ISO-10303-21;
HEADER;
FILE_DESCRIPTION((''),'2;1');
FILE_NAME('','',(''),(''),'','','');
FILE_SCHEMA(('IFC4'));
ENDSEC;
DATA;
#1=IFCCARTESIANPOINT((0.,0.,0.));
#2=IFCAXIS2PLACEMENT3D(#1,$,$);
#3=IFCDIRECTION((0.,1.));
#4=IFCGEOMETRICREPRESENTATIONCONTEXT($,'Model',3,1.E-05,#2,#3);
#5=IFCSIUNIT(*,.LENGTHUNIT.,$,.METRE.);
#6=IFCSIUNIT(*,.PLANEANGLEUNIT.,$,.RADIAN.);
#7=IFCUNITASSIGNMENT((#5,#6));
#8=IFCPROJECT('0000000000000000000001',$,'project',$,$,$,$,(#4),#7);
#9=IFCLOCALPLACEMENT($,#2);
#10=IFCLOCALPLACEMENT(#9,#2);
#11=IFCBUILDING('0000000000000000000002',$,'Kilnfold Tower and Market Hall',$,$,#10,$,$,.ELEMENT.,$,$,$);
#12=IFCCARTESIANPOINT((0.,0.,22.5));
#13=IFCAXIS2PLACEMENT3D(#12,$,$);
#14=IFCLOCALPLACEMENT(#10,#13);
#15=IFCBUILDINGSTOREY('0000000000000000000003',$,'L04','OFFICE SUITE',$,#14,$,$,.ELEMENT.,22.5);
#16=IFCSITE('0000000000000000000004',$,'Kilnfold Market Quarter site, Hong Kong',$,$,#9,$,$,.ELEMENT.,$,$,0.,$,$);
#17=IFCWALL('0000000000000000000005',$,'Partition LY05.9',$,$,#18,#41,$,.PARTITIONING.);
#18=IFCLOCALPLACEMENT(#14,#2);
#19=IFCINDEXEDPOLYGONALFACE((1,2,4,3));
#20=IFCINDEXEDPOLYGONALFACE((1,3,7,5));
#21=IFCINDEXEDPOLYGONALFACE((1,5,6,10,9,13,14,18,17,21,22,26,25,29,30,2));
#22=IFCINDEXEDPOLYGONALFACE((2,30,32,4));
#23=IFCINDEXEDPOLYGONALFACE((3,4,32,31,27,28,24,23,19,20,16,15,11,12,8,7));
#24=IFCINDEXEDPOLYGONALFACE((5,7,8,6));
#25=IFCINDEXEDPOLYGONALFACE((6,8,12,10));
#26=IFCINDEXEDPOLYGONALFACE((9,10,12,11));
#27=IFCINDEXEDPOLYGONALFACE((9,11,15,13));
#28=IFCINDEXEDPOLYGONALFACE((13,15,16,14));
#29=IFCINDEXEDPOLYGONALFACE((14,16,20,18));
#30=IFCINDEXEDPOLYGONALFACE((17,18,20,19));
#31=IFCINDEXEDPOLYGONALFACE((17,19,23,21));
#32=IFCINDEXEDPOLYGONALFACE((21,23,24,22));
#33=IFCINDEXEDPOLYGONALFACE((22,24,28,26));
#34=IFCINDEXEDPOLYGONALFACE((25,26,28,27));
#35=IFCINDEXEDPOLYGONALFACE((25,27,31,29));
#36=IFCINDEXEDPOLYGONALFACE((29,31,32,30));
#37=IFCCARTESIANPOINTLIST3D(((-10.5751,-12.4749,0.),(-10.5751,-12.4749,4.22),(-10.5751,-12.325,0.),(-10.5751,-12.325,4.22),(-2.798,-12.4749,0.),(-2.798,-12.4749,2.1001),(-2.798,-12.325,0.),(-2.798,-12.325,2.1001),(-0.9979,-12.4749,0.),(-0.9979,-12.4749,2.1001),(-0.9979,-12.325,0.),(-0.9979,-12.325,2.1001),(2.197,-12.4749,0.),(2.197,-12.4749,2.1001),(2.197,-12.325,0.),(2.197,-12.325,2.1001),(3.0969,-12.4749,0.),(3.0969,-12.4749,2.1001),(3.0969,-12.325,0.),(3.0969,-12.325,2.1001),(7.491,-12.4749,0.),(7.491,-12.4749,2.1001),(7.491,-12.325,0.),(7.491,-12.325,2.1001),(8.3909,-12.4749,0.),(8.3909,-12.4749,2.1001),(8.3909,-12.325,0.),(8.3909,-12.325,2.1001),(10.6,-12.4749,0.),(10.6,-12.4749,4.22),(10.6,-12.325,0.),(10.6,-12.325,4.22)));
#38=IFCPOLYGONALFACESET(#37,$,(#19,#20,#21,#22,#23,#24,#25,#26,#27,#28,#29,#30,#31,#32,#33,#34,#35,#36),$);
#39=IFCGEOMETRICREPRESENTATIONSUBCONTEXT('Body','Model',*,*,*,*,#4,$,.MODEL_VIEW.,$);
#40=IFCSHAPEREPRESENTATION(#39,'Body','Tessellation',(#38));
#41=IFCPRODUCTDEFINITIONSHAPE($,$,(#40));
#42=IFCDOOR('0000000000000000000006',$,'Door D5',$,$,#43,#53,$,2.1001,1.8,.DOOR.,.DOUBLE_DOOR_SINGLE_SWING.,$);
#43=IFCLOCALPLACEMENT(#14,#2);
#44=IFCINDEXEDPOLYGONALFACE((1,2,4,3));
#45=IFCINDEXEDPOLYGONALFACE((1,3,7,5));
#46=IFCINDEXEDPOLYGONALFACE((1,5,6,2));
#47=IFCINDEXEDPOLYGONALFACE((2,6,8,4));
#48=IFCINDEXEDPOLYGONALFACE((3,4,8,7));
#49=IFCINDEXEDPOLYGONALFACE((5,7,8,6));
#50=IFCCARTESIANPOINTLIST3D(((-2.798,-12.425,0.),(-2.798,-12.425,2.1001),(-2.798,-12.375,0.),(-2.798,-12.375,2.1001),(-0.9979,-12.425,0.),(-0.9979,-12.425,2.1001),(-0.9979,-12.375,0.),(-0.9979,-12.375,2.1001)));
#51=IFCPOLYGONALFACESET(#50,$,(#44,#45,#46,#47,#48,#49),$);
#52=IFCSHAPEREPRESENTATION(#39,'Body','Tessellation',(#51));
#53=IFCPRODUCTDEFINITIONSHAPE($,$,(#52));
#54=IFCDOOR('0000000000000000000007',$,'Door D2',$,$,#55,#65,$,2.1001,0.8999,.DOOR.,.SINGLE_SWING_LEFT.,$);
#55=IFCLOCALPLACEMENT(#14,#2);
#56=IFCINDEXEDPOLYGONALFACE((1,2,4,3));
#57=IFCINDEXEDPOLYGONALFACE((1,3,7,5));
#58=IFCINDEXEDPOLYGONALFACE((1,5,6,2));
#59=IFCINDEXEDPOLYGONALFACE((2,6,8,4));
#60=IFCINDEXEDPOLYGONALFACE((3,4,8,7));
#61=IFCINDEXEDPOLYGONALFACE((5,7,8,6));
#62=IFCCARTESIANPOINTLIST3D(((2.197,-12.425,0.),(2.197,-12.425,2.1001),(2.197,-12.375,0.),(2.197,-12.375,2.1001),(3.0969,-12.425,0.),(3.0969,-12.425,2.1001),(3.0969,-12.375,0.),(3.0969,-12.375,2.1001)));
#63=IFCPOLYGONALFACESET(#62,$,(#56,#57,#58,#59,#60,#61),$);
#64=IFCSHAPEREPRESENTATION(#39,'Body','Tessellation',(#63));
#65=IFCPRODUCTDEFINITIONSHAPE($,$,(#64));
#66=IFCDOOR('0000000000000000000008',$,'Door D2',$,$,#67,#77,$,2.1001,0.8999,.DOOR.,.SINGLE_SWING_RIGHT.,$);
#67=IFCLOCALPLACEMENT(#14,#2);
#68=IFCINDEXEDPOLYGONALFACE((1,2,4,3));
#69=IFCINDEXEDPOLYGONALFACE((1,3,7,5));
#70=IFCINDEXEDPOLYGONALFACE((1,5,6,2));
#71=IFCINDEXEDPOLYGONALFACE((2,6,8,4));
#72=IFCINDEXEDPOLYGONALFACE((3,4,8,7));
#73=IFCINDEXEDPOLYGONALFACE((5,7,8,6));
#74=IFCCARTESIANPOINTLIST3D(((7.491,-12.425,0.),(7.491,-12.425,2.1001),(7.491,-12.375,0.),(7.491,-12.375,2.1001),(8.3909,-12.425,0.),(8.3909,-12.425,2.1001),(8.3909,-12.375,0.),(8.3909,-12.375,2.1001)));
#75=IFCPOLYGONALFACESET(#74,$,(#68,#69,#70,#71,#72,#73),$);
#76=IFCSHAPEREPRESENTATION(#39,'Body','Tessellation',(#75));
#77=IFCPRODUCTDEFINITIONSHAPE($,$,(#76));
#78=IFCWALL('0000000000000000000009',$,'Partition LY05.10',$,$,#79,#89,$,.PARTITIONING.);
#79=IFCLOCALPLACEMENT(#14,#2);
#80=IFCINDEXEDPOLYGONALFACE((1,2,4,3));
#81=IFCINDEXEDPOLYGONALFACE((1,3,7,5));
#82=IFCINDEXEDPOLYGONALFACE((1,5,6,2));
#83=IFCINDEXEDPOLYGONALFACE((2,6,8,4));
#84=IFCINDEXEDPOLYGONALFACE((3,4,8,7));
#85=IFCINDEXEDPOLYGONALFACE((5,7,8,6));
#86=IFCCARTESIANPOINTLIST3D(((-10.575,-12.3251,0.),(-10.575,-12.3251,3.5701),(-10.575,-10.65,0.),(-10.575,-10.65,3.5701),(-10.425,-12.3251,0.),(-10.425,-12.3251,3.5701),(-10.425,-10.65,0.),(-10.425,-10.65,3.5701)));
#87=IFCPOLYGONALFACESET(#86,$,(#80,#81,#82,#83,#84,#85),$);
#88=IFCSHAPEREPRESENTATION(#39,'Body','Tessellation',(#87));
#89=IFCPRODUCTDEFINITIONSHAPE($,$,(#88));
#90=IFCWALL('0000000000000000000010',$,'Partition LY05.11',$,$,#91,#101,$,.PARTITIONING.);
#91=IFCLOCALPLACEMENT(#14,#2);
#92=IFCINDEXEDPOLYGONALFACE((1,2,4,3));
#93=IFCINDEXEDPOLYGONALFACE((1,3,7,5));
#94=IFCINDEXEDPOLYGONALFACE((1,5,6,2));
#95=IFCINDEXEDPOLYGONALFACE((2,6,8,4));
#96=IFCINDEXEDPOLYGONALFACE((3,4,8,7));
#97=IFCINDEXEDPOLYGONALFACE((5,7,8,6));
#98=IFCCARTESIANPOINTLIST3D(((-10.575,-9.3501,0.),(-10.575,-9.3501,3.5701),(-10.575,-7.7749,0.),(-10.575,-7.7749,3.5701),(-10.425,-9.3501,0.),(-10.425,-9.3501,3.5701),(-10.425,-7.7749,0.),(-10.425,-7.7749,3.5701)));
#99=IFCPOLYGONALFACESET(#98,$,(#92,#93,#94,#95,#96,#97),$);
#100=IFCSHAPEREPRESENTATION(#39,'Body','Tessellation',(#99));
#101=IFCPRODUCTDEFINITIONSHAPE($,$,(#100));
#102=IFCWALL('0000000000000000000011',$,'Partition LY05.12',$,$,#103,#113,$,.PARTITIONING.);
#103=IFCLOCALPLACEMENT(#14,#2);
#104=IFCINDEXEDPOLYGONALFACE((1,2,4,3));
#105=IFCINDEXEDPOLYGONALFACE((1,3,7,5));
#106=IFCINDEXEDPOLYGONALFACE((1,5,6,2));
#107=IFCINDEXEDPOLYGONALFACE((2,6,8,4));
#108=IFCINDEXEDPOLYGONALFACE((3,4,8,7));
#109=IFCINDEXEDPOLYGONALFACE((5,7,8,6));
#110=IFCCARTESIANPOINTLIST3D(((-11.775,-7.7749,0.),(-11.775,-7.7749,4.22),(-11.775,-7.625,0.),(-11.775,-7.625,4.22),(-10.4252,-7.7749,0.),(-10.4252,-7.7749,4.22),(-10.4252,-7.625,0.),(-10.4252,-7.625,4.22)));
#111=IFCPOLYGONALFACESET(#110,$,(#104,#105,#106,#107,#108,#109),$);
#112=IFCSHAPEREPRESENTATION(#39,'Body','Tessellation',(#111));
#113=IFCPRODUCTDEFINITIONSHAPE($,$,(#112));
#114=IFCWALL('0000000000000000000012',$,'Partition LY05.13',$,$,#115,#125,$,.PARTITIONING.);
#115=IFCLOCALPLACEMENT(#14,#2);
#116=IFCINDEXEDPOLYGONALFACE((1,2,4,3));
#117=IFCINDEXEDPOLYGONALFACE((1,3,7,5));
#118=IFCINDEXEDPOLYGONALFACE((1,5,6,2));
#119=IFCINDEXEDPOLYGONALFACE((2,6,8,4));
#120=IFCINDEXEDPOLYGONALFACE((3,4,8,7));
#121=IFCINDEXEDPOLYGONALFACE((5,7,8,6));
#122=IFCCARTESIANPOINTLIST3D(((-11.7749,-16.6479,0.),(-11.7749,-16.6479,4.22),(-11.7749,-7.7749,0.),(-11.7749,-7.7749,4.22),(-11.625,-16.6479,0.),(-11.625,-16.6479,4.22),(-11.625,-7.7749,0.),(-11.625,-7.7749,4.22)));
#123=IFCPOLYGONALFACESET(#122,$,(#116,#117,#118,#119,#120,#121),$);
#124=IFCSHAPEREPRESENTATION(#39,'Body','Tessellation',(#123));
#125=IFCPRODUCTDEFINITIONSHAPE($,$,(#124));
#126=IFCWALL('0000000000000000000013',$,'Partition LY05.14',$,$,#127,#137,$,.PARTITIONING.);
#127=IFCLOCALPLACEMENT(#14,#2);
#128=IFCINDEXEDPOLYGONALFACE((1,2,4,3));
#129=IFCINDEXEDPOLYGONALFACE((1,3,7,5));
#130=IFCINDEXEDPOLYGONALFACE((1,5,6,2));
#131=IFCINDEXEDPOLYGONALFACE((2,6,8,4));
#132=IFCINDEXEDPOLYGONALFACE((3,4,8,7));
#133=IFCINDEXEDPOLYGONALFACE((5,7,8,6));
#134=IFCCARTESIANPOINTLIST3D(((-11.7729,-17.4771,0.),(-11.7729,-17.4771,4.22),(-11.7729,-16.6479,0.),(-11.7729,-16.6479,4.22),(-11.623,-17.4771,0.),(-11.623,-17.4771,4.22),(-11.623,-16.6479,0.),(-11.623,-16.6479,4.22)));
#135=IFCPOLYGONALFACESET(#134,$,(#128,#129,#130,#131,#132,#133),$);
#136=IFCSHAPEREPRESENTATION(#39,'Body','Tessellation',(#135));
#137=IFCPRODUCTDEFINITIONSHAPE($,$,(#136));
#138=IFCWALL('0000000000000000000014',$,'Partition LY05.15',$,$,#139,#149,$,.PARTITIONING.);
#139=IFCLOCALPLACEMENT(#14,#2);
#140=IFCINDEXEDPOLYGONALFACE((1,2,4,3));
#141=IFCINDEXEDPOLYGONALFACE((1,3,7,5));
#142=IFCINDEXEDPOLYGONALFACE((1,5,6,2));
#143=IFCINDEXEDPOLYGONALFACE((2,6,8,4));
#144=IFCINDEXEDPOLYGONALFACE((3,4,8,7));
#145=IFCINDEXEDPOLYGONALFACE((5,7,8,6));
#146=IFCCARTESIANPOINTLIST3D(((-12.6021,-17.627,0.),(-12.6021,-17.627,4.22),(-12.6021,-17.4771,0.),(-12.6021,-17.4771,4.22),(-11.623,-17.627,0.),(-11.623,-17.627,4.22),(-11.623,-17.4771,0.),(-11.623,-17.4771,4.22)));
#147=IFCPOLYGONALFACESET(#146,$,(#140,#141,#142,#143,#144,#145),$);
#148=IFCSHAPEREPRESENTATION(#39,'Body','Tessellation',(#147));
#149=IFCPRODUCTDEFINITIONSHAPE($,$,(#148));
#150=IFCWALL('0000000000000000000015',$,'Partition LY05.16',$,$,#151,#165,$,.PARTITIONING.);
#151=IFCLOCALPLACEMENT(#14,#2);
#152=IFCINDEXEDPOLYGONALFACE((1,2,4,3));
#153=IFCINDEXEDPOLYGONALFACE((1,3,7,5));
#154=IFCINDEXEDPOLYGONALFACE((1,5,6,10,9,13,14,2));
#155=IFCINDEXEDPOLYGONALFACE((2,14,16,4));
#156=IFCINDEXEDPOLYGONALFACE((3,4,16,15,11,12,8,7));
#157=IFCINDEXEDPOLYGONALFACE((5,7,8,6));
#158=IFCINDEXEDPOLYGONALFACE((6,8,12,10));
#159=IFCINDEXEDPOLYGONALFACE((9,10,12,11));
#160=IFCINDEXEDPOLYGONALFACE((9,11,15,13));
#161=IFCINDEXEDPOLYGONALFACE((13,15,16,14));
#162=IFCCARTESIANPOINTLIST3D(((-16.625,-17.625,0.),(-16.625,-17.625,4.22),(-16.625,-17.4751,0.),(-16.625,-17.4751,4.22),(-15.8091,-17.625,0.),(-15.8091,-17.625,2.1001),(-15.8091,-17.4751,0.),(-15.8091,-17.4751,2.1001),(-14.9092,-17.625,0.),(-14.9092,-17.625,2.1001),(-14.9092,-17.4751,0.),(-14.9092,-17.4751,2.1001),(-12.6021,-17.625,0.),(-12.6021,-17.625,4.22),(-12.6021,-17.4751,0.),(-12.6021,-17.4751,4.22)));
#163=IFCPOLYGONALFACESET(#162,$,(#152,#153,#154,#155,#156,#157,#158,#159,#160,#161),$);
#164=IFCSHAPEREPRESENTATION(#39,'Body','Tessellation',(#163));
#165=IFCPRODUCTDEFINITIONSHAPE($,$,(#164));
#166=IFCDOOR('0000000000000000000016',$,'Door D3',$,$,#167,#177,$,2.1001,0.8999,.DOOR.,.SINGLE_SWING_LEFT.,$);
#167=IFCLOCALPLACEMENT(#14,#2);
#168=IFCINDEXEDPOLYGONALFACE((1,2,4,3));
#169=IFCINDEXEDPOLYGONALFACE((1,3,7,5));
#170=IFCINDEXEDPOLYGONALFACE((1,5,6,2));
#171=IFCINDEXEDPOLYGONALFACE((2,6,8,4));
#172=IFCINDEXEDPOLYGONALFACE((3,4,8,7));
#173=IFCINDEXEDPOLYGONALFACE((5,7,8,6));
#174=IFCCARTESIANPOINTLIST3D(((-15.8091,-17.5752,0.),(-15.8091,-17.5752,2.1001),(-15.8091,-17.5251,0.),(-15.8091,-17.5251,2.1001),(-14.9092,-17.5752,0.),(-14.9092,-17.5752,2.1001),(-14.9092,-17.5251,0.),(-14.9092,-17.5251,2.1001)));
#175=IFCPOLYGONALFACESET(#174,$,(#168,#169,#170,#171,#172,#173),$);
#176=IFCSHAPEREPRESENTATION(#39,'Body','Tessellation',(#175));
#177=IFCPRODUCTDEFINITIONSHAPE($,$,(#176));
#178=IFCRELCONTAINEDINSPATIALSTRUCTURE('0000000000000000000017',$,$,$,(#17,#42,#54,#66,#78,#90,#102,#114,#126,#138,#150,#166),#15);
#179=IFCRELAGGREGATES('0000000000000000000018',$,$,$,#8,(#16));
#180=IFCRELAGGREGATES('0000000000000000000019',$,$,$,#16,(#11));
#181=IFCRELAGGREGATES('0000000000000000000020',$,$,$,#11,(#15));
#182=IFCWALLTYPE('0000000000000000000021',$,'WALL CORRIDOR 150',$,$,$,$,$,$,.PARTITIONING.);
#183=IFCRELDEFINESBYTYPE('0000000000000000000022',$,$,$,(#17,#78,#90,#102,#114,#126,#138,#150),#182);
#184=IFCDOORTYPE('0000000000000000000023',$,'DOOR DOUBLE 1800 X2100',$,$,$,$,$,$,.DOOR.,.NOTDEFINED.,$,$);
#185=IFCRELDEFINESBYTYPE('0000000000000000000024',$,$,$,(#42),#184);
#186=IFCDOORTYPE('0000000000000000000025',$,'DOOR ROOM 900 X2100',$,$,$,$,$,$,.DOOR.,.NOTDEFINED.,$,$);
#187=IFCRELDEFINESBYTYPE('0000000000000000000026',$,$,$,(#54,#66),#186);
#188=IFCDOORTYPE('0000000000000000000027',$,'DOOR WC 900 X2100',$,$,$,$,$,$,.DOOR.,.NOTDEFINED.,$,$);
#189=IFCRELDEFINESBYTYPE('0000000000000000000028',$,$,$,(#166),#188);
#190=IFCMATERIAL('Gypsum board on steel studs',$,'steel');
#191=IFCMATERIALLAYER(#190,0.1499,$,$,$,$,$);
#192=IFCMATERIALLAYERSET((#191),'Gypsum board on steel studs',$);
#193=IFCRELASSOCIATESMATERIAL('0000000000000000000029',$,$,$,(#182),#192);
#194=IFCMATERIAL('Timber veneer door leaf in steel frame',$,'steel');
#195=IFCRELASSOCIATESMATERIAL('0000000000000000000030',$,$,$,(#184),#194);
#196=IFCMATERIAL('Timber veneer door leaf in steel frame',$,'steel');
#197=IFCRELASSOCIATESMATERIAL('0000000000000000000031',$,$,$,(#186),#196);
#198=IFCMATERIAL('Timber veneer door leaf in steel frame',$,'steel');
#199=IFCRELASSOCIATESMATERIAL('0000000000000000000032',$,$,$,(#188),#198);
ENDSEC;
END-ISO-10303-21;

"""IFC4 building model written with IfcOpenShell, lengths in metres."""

from ifc_helpers import new_model, si_unit, direction, frame, frame_2d, origin, place, context, subcontext, project, spatial, rectangle, extrude, material, layer, layer_set, type_object, element, fill, save


model = new_model("IFC4")

# Units and contexts
model_context = context("Model", 3, precision=1e-05, world=origin(), true_north=direction((0.0, 1.0)))
body_context = subcontext(model_context, "Body", "Model", "MODEL_VIEW")
ifc_project = project(units=[si_unit("LENGTHUNIT", "METRE"), si_unit("PLANEANGLEUNIT", "RADIAN")], contexts=[model_context])

# Site, building, storey
site_placement = place(None, origin())
site = spatial("IfcSite", under=ifc_project, at=site_placement, Name="Kilnfold Market Quarter site, Hong Kong", CompositionType="ELEMENT", RefElevation=0.0)
building_placement = place(site_placement, origin())
building = spatial("IfcBuilding", under=site, at=building_placement, Name="Kilnfold Tower and Market Hall", CompositionType="ELEMENT")
storey_placement = place(building_placement, frame((0.0, 0.0, 22.5)))
storey = spatial("IfcBuildingStorey", under=building, at=storey_placement, Name="L04", Description="OFFICE SUITE", CompositionType="ELEMENT", Elevation=22.5)

# Shared definitions
ifc_material_1 = material(Name="Gypsum board on steel studs", Category="steel")
ifc_layer_1 = layer(ifc_material_1, 0.1499)
ifc_layer_set_1 = layer_set([ifc_layer_1], Name="Gypsum board on steel studs")
wall_type_1 = type_object("IfcWallType", Name="WALL CORRIDOR 150", PredefinedType="PARTITIONING", material=ifc_layer_set_1)

# Wall, openings, doors
wall_1_placement = place(storey_placement, frame((-10.575, -12.3999, 0.0), z_axis=(0.0, 0.0, 1.0), x_axis=(1.0, 0.0, 0.0)))
wall_1 = element("IfcWall", 1, at=wall_1_placement, inside=storey, type_object=wall_type_1, Name="Partition LY05.9", PredefinedType="PARTITIONING", context=body_context, shape_type="SweptSolid", body=[
    extrude(rectangle(XDim=21.175, YDim=0.1499, at=frame_2d((10.5874, 0.0))), origin(), (0.0, 0.0, 1.0), 4.22),
])
opening_1_placement = place(wall_1_placement, frame((7.7771, 0.0, 0.0)))
opening_1 = element("IfcOpeningElement", 2, at=opening_1_placement, cuts=wall_1, PredefinedType="OPENING", context=body_context, shape_type="SweptSolid", body=[
    extrude(rectangle(XDim=1.8, YDim=2.1001, at=frame_2d((0.8999, 1.05))), frame((0.0, 0.085, 0.0), z_axis=(0.0, -1.0, 0.0), x_axis=(1.0, 0.0, 0.0)), (0.0, 0.0, 1.0), 0.1699),
])
opening_2_placement = place(wall_1_placement, frame((12.772, 0.0, 0.0)))
opening_2 = element("IfcOpeningElement", 3, at=opening_2_placement, cuts=wall_1, PredefinedType="OPENING", context=body_context, shape_type="SweptSolid", body=[
    extrude(rectangle(XDim=0.8999, YDim=2.1001, at=frame_2d((0.45, 1.05))), frame((0.0, 0.085, 0.0), z_axis=(0.0, -1.0, 0.0), x_axis=(1.0, 0.0, 0.0)), (0.0, 0.0, 1.0), 0.1699),
])
opening_3_placement = place(wall_1_placement, frame((18.0659, 0.0, 0.0)))
opening_3 = element("IfcOpeningElement", 4, at=opening_3_placement, cuts=wall_1, PredefinedType="OPENING", context=body_context, shape_type="SweptSolid", body=[
    extrude(rectangle(XDim=0.8999, YDim=2.1001, at=frame_2d((0.45, 1.05))), frame((0.0, 0.085, 0.0), z_axis=(0.0, -1.0, 0.0), x_axis=(1.0, 0.0, 0.0)), (0.0, 0.0, 1.0), 0.1699),
])
ifc_material_2 = material(Name="Timber veneer door leaf in steel frame", Category="steel")
door_type_1 = type_object("IfcDoorType", Name="DOOR DOUBLE 1800 X2100", OperationType="NOTDEFINED", PredefinedType="DOOR", material=ifc_material_2)
door_1_placement = place(opening_1_placement, origin())
door_1 = element("IfcDoor", 5, at=door_1_placement, inside=storey, type_object=door_type_1, Name="Door D5", OperationType="DOUBLE_DOOR_SINGLE_SWING", OverallHeight=2.1001, OverallWidth=1.8, PredefinedType="DOOR", context=body_context, shape_type="SweptSolid", body=[
    extrude(rectangle(XDim=1.8, YDim=2.1001, at=frame_2d((0.8999, 1.05))), frame((0.0, 0.0249, 0.0), z_axis=(0.0, -1.0, 0.0), x_axis=(1.0, 0.0, 0.0)), (0.0, 0.0, 1.0), 0.05),
])
fill(opening_1, door_1)
ifc_material_3 = material(Name="Timber veneer door leaf in steel frame", Category="steel")
door_type_2 = type_object("IfcDoorType", Name="DOOR ROOM 900 X2100", OperationType="NOTDEFINED", PredefinedType="DOOR", material=ifc_material_3)
door_2_placement = place(opening_2_placement, origin())
door_2 = element("IfcDoor", 6, at=door_2_placement, inside=storey, type_object=door_type_2, Name="Door D2", OperationType="SINGLE_SWING_LEFT", OverallHeight=2.1001, OverallWidth=0.8999, PredefinedType="DOOR", context=body_context, shape_type="SweptSolid", body=[
    extrude(rectangle(XDim=0.8999, YDim=2.1001, at=frame_2d((0.45, 1.05))), frame((0.0, 0.0249, 0.0), z_axis=(0.0, -1.0, 0.0), x_axis=(1.0, 0.0, 0.0)), (0.0, 0.0, 1.0), 0.05),
])
fill(opening_2, door_2)
door_3_placement = place(opening_3_placement, origin())
door_3 = element("IfcDoor", 7, at=door_3_placement, inside=storey, type_object=door_type_2, Name="Door D2", OperationType="SINGLE_SWING_RIGHT", OverallHeight=2.1001, OverallWidth=0.8999, PredefinedType="DOOR", context=body_context, shape_type="SweptSolid", body=[
    extrude(rectangle(XDim=0.8999, YDim=2.1001, at=frame_2d((0.45, 1.05))), frame((0.0, 0.0249, 0.0), z_axis=(0.0, -1.0, 0.0), x_axis=(1.0, 0.0, 0.0)), (0.0, 0.0, 1.0), 0.05),
])
fill(opening_3, door_3)

# Walls
wall_2_placement = place(storey_placement, frame((-10.5, -12.325, 0.0), z_axis=(0.0, 0.0, 1.0), x_axis=(0.0, 1.0, 0.0)))
element("IfcWall", 8, at=wall_2_placement, inside=storey, type_object=wall_type_1, Name="Partition LY05.10", PredefinedType="PARTITIONING", context=body_context, shape_type="SweptSolid", body=[
    extrude(rectangle(XDim=1.675, YDim=0.1499, at=frame_2d((0.8374, 0.0))), origin(), (0.0, 0.0, 1.0), 3.5701),
])
wall_3_placement = place(storey_placement, frame((-10.5, -9.3501, 0.0), z_axis=(0.0, 0.0, 1.0), x_axis=(0.0, 1.0, 0.0)))
element("IfcWall", 9, at=wall_3_placement, inside=storey, type_object=wall_type_1, Name="Partition LY05.11", PredefinedType="PARTITIONING", context=body_context, shape_type="SweptSolid", body=[
    extrude(rectangle(XDim=1.5752, YDim=0.1499, at=frame_2d((0.7876, 0.0))), origin(), (0.0, 0.0, 1.0), 3.5701),
])
wall_4_placement = place(storey_placement, frame((-11.7749, -7.7, 0.0), z_axis=(0.0, 0.0, 1.0), x_axis=(1.0, 0.0, 0.0)))
element("IfcWall", 10, at=wall_4_placement, inside=storey, type_object=wall_type_1, Name="Partition LY05.12", PredefinedType="PARTITIONING", context=body_context, shape_type="SweptSolid", body=[
    extrude(rectangle(XDim=1.3499, YDim=0.1499, at=frame_2d((0.6748, 0.0))), origin(), (0.0, 0.0, 1.0), 4.22),
])
wall_5_placement = place(storey_placement, frame((-11.7, -16.6479, 0.0), z_axis=(0.0, 0.0, 1.0), x_axis=(0.0, 1.0, 0.0)))
element("IfcWall", 11, at=wall_5_placement, inside=storey, type_object=wall_type_1, Name="Partition LY05.13", PredefinedType="PARTITIONING", context=body_context, shape_type="SweptSolid", body=[
    extrude(rectangle(XDim=8.873, YDim=0.1499, at=frame_2d((4.4365, 0.0))), origin(), (0.0, 0.0, 1.0), 4.22),
])
wall_6_placement = place(storey_placement, frame((-11.698, -17.4771, 0.0), z_axis=(0.0, 0.0, 1.0), x_axis=(0.0, 1.0, 0.0)))
element("IfcWall", 12, at=wall_6_placement, inside=storey, type_object=wall_type_1, Name="Partition LY05.14", PredefinedType="PARTITIONING", context=body_context, shape_type="SweptSolid", body=[
    extrude(rectangle(XDim=0.8291, YDim=0.1499, at=frame_2d((0.4146, 0.0))), origin(), (0.0, 0.0, 1.0), 4.22),
])
wall_7_placement = place(storey_placement, frame((-12.6021, -17.552, 0.0), z_axis=(0.0, 0.0, 1.0), x_axis=(1.0, 0.0, 0.0)))
element("IfcWall", 13, at=wall_7_placement, inside=storey, type_object=wall_type_1, Name="Partition LY05.15", PredefinedType="PARTITIONING", context=body_context, shape_type="SweptSolid", body=[
    extrude(rectangle(XDim=0.979, YDim=0.1499, at=frame_2d((0.4895, 0.0))), origin(), (0.0, 0.0, 1.0), 4.22),
])

# Wall, opening, door
wall_8_placement = place(storey_placement, frame((-16.625, -17.55, 0.0), z_axis=(0.0, 0.0, 1.0), x_axis=(1.0, 0.0, 0.0)))
wall_8 = element("IfcWall", 14, at=wall_8_placement, inside=storey, type_object=wall_type_1, Name="Partition LY05.16", PredefinedType="PARTITIONING", context=body_context, shape_type="SweptSolid", body=[
    extrude(rectangle(XDim=4.0229, YDim=0.1499, at=frame_2d((2.0115, 0.0))), origin(), (0.0, 0.0, 1.0), 4.22),
])
opening_4_placement = place(wall_8_placement, frame((0.8159, 0.0, 0.0)))
opening_4 = element("IfcOpeningElement", 15, at=opening_4_placement, cuts=wall_8, PredefinedType="OPENING", context=body_context, shape_type="SweptSolid", body=[
    extrude(rectangle(XDim=0.8999, YDim=2.1001, at=frame_2d((0.45, 1.05))), frame((0.0, 0.085, 0.0), z_axis=(0.0, -1.0, 0.0), x_axis=(1.0, 0.0, 0.0)), (0.0, 0.0, 1.0), 0.1699),
])
ifc_material_4 = material(Name="Timber veneer door leaf in steel frame", Category="steel")
door_type_3 = type_object("IfcDoorType", Name="DOOR WC 900 X2100", OperationType="NOTDEFINED", PredefinedType="DOOR", material=ifc_material_4)
door_4_placement = place(opening_4_placement, origin())
door_4 = element("IfcDoor", 16, at=door_4_placement, inside=storey, type_object=door_type_3, Name="Door D3", OperationType="SINGLE_SWING_LEFT", OverallHeight=2.1001, OverallWidth=0.8999, PredefinedType="DOOR", context=body_context, shape_type="SweptSolid", body=[
    extrude(rectangle(XDim=0.8999, YDim=2.1001, at=frame_2d((0.45, 1.05))), frame((0.0, 0.0249, 0.0), z_axis=(0.0, -1.0, 0.0), x_axis=(1.0, 0.0, 0.0)), (0.0, 0.0, 1.0), 0.05),
])
fill(opening_4, door_4)

save(model, "model.ifc")
